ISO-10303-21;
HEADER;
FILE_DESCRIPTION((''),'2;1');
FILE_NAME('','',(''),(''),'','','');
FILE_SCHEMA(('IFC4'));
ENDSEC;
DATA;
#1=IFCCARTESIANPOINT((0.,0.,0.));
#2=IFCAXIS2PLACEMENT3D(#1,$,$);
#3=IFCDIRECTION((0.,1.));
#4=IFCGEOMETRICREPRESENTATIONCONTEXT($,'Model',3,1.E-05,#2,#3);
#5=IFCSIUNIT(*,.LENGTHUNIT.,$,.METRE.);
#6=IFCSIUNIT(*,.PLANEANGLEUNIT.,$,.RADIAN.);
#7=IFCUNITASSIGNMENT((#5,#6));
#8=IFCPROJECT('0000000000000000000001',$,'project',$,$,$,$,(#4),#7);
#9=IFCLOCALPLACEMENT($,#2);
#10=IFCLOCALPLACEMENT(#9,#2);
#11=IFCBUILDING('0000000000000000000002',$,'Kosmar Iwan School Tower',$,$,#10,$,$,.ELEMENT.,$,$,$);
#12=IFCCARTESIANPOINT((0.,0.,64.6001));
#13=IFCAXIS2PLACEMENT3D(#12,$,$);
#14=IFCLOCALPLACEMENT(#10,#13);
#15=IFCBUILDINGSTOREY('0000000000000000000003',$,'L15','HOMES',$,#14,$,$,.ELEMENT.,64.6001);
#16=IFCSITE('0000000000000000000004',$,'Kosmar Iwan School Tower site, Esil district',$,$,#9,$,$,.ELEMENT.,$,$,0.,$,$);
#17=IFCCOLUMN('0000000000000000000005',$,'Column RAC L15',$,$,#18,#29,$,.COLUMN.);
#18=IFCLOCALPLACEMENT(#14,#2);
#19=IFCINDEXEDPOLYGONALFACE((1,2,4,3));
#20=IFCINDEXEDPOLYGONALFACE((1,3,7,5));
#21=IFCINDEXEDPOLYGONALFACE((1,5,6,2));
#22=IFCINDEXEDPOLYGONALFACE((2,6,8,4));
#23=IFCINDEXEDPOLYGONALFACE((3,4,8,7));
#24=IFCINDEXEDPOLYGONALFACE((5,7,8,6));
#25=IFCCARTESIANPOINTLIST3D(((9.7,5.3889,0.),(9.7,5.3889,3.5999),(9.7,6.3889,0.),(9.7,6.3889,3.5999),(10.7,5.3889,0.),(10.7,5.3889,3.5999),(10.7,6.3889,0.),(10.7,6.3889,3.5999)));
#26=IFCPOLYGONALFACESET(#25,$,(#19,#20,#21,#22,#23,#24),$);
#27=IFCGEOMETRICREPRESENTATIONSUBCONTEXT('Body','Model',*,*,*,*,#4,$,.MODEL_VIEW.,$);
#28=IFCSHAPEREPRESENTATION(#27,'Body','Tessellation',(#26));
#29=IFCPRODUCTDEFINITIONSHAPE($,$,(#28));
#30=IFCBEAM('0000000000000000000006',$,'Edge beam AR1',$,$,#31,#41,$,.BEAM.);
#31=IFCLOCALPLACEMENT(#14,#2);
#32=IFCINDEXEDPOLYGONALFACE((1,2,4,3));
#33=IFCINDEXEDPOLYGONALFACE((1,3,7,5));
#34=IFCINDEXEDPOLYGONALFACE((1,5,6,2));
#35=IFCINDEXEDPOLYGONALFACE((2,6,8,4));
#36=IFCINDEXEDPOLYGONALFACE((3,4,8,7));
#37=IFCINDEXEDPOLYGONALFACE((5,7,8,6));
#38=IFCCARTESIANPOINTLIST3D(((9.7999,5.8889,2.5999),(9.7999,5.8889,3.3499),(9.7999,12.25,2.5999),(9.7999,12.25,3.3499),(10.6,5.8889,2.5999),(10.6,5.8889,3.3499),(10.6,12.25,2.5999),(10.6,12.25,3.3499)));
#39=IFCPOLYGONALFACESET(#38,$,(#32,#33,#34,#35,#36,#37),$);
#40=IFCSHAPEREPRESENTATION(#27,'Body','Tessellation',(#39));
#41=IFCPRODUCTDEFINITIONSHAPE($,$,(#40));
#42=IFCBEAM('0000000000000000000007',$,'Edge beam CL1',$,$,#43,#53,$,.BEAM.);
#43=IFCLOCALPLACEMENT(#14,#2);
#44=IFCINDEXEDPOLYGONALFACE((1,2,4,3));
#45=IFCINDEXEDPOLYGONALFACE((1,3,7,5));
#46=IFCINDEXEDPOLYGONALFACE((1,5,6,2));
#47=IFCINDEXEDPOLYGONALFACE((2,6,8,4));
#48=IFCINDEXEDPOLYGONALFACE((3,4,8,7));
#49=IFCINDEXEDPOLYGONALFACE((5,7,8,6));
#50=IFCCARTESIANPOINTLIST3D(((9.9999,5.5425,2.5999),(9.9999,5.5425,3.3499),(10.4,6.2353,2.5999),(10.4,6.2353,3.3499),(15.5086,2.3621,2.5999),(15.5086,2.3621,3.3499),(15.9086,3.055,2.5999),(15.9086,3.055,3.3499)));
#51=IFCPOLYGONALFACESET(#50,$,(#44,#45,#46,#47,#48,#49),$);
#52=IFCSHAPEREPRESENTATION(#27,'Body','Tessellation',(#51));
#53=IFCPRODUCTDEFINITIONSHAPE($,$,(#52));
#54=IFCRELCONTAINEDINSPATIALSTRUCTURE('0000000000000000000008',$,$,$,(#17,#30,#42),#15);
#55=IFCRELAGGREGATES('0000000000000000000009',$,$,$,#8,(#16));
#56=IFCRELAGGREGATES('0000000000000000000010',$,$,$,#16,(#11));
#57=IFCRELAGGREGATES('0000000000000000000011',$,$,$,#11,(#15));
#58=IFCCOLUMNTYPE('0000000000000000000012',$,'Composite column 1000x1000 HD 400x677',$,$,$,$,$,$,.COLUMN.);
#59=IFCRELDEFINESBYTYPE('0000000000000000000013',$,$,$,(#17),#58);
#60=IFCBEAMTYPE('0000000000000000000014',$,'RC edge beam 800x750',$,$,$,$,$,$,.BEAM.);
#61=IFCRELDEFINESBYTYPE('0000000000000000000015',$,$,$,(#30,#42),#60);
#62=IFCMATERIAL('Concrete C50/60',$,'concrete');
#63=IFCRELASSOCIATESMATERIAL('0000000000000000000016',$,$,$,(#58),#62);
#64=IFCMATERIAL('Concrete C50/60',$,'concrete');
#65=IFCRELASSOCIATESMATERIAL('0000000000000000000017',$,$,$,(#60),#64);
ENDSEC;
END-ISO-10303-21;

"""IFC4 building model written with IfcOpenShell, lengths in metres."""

from ifc_helpers import new_model, si_unit, direction, frame, origin, origin_2d, place, context, subcontext, project, spatial, rectangle, extrude, material, material_profile, profile_set, type_object, element, save


model = new_model("IFC4")

# Units and contexts
model_context = context("Model", 3, precision=1e-05, world=origin(), true_north=direction((0.0, 1.0)))
body_context = subcontext(model_context, "Body", "Model", "MODEL_VIEW")
ifc_project = project(units=[si_unit("LENGTHUNIT", "METRE"), si_unit("PLANEANGLEUNIT", "RADIAN")], contexts=[model_context])

# Site, building, storey
site_placement = place(None, origin())
site = spatial("IfcSite", under=ifc_project, at=site_placement, Name="Kosmar Iwan School Tower site, Esil district", CompositionType="ELEMENT", RefElevation=0.0)
building_placement = place(site_placement, origin())
building = spatial("IfcBuilding", under=site, at=building_placement, Name="Kosmar Iwan School Tower", CompositionType="ELEMENT")
storey_placement = place(building_placement, frame((0.0, 0.0, 64.6001)))
storey = spatial("IfcBuildingStorey", under=building, at=storey_placement, Name="L15", Description="HOMES", CompositionType="ELEMENT", Elevation=64.6001)

# Column
ifc_material_1 = material(Name="Concrete C50/60", Category="concrete")
ifc_material_profile_1 = material_profile(ifc_material_1, rectangle(XDim=1.0, YDim=1.0, at=origin_2d()), Name="RC 1000x1000 + HD 400x677")
ifc_profile_set_1 = profile_set([ifc_material_profile_1], Name="Concrete C50/60")
column_type = type_object("IfcColumnType", Name="Composite column 1000x1000 HD 400x677", PredefinedType="COLUMN", material=ifc_profile_set_1)
column_placement = place(storey_placement, frame((10.2, 5.8889, 0.0), z_axis=(0.0, 0.0, 1.0), x_axis=(1.0, 0.0, 0.0)))
element("IfcColumn", 1, at=column_placement, inside=storey, type_object=column_type, Name="Column RAC L15", PredefinedType="COLUMN", context=body_context, shape_type="SweptSolid", body=[
    extrude(rectangle(XDim=1.0, YDim=1.0, at=origin_2d()), origin(), (0.0, 0.0, 1.0), 3.5999),
])

# Beams
ifc_material_2 = material(Name="Concrete C50/60", Category="concrete")
ifc_material_profile_2 = material_profile(ifc_material_2, rectangle(XDim=0.8, YDim=0.75, at=origin_2d()), Name="RC 800x750")
ifc_profile_set_2 = profile_set([ifc_material_profile_2], Name="Concrete C50/60")
beam_type = type_object("IfcBeamType", Name="RC edge beam 800x750", PredefinedType="BEAM", material=ifc_profile_set_2)
beam_1_placement = place(storey_placement, frame((10.2, 5.8889, 2.9749), z_axis=(0.0, 1.0, 0.0), x_axis=(-1.0, 0.0, 0.0)))
element("IfcBeam", 2, at=beam_1_placement, inside=storey, type_object=beam_type, Name="Edge beam AR1", PredefinedType="BEAM", context=body_context, shape_type="SweptSolid", body=[
    extrude(rectangle(XDim=0.8, YDim=0.75, at=origin_2d()), origin(), (0.0, 0.0, 1.0), 6.3611),
])
beam_2_placement = place(storey_placement, frame((10.2, 5.8889, 2.9749), z_axis=(0.866031, -0.49999, 0.0), x_axis=(0.49999, 0.866031, 0.0)))
element("IfcBeam", 3, at=beam_2_placement, inside=storey, type_object=beam_type, Name="Edge beam CL1", PredefinedType="BEAM", context=body_context, shape_type="SweptSolid", body=[
    extrude(rectangle(XDim=0.8, YDim=0.75, at=origin_2d()), origin(), (0.0, 0.0, 1.0), 6.3608),
])

save(model, "model.ifc")
